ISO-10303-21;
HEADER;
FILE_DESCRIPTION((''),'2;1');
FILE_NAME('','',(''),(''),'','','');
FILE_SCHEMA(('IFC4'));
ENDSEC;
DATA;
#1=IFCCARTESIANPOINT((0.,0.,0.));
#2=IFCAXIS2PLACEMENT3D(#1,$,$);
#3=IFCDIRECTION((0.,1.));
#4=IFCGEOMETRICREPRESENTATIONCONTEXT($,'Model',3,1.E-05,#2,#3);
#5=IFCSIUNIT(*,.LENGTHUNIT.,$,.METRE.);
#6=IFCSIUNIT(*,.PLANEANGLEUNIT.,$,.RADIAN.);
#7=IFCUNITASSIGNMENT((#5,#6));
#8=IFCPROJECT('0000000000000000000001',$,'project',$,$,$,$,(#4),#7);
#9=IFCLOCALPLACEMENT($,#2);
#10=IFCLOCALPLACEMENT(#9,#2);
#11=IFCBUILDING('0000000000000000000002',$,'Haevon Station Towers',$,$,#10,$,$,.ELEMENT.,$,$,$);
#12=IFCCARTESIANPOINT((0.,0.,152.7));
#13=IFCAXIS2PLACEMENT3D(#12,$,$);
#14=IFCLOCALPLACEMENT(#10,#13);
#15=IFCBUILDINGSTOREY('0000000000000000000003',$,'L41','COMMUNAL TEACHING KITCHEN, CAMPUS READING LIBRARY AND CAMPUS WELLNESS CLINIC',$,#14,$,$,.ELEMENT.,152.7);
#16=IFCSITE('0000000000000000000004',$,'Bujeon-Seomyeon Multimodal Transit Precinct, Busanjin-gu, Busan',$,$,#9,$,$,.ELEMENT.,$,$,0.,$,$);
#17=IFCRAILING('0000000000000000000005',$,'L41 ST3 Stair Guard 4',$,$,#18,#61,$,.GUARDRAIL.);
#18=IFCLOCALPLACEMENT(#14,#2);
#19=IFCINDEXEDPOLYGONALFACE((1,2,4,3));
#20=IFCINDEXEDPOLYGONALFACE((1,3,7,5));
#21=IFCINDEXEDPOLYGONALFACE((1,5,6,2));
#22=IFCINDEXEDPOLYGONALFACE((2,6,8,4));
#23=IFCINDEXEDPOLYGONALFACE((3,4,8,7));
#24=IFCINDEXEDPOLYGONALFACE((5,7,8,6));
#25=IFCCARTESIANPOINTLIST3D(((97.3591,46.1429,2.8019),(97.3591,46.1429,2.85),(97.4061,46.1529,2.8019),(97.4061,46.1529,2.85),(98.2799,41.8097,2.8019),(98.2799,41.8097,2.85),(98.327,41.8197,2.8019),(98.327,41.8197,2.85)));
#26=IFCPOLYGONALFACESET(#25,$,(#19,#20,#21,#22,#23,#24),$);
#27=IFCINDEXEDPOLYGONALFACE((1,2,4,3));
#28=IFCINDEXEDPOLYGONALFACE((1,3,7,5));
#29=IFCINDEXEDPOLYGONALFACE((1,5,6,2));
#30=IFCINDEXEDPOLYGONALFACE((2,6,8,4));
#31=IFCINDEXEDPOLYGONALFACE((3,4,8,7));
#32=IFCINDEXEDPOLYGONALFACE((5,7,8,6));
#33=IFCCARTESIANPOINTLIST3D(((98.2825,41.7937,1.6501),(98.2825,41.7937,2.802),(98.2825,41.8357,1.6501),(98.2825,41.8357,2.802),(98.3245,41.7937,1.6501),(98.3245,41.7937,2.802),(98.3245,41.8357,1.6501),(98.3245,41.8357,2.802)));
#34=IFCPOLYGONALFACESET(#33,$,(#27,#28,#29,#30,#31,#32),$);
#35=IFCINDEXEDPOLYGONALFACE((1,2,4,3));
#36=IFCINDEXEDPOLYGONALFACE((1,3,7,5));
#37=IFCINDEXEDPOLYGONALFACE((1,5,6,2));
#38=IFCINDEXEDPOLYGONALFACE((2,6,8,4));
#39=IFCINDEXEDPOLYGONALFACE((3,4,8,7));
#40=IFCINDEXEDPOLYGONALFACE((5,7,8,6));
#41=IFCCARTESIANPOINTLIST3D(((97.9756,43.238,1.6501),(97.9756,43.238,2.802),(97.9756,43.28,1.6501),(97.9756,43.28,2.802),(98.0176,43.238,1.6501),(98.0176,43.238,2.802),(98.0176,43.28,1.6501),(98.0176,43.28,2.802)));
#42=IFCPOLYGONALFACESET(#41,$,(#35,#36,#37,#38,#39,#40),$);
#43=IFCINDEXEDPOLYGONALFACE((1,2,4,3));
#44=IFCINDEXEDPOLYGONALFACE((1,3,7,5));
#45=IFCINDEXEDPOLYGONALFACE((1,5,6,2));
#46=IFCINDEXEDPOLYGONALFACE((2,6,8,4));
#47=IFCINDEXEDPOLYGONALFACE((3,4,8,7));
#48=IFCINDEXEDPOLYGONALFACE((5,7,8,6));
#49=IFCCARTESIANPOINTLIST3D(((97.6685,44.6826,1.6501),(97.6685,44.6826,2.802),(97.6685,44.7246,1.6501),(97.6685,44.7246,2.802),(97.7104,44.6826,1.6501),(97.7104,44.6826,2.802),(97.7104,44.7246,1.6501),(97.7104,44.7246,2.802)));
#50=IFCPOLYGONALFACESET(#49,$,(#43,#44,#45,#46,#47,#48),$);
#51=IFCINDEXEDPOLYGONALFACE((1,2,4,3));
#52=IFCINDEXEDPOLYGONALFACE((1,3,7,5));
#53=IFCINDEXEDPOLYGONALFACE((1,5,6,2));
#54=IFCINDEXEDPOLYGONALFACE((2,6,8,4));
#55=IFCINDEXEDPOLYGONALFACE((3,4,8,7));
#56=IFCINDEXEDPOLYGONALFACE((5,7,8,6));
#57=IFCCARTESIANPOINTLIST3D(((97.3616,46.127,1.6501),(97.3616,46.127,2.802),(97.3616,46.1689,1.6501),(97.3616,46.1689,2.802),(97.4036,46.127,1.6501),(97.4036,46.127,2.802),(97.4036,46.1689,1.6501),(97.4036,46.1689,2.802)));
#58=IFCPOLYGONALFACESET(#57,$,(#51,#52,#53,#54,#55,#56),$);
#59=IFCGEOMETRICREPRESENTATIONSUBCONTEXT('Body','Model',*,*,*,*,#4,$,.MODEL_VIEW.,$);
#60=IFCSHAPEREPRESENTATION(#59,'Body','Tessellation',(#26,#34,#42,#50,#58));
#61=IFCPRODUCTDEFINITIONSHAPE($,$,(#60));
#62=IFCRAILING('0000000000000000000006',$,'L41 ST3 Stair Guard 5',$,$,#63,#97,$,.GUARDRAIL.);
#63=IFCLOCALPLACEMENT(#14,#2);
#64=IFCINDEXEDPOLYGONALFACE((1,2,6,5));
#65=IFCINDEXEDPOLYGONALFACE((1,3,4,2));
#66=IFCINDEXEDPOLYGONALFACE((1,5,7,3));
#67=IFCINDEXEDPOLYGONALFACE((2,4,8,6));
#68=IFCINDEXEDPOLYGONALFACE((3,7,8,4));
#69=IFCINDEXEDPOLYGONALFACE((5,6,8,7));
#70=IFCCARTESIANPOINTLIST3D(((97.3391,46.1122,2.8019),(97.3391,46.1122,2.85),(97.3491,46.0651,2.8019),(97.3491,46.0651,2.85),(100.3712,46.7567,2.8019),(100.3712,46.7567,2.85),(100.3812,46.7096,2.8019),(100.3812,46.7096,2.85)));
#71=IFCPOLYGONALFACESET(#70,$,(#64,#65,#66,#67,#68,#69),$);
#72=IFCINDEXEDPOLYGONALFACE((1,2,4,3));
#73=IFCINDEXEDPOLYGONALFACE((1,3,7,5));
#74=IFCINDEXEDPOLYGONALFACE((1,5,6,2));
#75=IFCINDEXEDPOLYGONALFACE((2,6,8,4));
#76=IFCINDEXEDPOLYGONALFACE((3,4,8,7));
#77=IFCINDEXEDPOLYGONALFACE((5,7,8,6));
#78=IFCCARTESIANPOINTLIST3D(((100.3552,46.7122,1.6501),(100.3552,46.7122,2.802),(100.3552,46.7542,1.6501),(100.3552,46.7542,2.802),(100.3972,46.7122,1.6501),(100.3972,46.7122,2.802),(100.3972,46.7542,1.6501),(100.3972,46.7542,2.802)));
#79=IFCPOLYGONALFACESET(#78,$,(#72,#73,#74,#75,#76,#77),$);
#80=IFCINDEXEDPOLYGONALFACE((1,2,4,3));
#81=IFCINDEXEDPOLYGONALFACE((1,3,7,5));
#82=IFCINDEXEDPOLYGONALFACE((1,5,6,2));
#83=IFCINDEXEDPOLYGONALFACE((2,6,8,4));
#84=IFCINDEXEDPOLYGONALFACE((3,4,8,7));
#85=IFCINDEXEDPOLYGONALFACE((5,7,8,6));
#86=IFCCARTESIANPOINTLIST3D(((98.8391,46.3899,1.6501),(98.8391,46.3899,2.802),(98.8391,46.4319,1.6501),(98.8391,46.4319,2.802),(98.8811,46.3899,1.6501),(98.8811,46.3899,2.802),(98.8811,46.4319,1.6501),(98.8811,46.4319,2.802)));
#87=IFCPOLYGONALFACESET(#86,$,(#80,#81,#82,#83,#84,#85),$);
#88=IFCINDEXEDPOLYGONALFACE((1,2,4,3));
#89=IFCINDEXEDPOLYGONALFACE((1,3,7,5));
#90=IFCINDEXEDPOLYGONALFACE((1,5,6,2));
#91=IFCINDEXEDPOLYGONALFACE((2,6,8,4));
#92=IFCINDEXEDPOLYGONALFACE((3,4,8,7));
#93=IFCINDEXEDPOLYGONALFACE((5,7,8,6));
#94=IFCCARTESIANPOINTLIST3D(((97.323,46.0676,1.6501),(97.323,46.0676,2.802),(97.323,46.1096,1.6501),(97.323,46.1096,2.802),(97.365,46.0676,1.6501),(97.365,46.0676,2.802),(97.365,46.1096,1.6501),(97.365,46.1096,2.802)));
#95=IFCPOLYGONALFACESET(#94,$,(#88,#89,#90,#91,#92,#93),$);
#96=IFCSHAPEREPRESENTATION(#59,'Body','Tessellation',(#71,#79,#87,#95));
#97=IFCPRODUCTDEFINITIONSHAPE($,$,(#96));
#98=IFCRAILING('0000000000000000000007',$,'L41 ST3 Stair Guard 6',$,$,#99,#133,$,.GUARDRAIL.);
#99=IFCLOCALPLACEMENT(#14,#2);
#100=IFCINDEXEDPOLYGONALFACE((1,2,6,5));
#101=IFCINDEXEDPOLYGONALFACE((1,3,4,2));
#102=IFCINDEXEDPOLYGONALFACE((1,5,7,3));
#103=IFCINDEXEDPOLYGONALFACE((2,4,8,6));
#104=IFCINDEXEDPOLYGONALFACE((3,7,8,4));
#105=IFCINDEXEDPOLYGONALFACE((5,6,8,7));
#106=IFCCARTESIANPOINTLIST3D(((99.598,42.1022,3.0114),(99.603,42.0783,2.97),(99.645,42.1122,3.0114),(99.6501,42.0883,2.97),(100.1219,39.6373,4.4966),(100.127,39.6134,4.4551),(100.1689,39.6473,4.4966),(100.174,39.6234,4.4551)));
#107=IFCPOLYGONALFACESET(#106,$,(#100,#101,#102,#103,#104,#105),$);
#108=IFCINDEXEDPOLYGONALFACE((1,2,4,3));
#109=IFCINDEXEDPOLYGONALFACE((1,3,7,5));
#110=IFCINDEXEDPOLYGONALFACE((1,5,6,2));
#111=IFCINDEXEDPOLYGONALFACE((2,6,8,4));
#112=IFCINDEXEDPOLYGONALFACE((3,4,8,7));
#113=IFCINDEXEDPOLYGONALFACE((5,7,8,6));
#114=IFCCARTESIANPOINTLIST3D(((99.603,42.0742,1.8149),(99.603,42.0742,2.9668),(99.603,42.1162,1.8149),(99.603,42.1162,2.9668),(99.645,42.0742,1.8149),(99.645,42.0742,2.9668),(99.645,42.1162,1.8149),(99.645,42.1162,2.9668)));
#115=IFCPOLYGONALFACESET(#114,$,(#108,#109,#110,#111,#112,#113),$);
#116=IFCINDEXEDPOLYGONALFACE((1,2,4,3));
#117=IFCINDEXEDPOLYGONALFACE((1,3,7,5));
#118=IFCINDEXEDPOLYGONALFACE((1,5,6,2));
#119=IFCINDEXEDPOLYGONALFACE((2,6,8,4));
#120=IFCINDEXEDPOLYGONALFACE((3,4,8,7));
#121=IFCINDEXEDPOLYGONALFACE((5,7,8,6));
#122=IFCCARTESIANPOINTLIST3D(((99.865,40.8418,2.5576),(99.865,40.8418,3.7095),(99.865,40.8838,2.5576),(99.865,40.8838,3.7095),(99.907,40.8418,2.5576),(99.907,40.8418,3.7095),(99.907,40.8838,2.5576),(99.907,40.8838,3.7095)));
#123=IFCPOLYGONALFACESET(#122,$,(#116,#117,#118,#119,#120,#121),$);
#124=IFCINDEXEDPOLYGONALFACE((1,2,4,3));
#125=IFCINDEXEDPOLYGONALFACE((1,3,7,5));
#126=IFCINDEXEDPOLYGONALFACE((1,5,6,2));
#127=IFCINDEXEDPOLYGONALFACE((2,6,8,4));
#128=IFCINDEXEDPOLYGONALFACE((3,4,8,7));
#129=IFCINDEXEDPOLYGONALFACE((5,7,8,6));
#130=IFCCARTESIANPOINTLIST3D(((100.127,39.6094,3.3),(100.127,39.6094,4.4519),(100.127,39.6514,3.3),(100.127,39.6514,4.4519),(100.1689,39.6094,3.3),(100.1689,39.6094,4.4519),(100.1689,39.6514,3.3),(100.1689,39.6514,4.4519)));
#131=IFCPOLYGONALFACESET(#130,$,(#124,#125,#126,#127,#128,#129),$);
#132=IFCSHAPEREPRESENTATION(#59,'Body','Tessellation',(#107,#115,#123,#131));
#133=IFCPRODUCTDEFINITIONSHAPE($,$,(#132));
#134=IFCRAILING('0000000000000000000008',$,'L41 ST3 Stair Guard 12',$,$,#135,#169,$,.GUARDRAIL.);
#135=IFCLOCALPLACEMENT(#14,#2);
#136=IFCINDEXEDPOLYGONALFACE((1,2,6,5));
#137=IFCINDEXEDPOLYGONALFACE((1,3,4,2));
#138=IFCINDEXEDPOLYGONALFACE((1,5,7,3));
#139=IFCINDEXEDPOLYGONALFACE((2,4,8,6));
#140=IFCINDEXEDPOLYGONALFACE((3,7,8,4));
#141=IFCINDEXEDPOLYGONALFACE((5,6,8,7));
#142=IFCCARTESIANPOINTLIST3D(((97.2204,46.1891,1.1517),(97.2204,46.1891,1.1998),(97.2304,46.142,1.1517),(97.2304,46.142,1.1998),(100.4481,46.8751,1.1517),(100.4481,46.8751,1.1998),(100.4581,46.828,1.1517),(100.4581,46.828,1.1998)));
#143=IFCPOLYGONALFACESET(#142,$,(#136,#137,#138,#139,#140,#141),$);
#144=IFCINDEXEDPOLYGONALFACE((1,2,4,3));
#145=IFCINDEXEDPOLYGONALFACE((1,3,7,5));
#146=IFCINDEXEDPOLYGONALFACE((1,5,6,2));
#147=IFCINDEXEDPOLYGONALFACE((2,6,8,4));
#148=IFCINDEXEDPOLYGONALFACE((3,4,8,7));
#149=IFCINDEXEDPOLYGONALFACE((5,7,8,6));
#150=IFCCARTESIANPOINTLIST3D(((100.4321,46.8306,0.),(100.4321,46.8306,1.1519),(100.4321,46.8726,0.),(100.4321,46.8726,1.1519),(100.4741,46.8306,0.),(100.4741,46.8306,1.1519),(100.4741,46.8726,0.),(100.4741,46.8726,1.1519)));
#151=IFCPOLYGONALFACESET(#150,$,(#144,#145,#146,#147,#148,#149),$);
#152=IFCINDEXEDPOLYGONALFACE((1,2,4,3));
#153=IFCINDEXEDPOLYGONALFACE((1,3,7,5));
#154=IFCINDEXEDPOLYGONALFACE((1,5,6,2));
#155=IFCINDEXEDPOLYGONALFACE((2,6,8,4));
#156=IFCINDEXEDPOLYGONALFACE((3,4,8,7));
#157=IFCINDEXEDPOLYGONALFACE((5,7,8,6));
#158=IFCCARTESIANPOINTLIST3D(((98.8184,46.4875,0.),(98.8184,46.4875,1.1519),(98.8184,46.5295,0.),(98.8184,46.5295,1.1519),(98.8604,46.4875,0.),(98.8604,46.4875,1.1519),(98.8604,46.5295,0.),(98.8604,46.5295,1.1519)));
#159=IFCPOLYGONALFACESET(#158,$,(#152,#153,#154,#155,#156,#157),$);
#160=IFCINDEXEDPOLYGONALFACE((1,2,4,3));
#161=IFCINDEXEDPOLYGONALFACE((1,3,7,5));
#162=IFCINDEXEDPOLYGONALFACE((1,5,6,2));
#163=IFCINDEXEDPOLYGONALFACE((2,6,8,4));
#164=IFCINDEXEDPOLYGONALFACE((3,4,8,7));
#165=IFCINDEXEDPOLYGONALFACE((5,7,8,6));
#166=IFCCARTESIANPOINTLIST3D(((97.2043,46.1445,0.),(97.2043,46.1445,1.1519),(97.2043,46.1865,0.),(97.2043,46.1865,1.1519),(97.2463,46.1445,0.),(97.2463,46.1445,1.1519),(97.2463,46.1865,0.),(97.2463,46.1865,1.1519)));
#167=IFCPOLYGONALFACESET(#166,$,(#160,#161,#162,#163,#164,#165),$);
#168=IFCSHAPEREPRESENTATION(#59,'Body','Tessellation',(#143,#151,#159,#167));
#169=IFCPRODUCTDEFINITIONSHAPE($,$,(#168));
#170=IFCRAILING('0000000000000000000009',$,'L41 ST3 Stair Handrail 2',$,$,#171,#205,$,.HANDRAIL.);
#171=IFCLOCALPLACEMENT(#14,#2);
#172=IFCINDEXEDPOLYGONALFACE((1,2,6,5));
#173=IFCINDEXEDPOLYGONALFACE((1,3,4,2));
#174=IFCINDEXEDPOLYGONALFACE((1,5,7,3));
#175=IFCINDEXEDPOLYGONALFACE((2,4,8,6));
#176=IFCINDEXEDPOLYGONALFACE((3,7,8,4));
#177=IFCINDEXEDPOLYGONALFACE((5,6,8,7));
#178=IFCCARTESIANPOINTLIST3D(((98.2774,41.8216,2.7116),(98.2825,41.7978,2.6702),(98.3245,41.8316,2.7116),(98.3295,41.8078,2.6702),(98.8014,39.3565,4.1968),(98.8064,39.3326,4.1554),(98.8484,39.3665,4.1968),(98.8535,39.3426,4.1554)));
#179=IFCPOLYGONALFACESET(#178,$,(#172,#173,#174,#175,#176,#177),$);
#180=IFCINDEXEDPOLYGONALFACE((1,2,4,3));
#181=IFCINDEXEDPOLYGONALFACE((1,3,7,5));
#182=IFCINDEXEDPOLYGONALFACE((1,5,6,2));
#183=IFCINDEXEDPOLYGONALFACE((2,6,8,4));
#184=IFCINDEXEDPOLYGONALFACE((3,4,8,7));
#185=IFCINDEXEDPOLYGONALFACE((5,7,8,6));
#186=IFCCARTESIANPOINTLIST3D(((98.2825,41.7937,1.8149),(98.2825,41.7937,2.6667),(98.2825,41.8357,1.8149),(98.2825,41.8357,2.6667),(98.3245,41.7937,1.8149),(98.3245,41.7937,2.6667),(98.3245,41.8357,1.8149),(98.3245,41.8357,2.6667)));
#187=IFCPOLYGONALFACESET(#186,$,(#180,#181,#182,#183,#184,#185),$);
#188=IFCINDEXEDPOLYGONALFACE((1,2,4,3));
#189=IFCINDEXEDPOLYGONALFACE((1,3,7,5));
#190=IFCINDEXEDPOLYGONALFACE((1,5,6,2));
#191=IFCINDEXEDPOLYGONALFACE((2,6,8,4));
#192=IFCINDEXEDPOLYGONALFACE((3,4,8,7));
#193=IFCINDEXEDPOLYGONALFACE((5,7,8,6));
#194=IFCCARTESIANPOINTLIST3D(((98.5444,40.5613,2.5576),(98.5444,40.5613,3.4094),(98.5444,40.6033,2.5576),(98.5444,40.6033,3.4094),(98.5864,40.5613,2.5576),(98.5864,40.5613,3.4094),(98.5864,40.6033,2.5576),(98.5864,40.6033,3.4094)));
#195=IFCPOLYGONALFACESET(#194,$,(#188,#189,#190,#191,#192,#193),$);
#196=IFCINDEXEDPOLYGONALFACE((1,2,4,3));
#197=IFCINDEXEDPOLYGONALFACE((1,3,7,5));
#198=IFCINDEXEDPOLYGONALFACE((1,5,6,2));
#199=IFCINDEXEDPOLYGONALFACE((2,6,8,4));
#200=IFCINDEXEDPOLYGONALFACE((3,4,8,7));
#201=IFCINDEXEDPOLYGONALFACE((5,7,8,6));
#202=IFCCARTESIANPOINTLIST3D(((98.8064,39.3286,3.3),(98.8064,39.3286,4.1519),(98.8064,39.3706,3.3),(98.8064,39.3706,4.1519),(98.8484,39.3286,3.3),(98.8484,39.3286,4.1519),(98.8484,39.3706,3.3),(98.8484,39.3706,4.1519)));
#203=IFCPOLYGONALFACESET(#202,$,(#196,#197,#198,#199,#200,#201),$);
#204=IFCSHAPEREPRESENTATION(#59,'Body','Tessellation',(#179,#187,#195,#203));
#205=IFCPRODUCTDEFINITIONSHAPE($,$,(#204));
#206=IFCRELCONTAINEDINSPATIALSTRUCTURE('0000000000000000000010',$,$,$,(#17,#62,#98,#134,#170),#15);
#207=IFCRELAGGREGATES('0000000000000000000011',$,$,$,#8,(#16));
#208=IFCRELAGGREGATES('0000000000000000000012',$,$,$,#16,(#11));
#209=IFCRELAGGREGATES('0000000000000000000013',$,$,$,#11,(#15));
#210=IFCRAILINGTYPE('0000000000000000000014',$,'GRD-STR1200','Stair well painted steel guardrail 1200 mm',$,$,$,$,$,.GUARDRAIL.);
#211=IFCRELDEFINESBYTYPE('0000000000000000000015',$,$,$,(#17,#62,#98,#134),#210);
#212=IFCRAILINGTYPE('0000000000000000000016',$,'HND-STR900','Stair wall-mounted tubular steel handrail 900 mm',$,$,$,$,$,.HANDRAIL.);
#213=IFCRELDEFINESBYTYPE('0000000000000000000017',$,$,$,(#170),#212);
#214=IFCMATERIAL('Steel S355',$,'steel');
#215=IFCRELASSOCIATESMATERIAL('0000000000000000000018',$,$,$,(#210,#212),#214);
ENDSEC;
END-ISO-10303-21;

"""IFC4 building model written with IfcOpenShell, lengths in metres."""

from ifc_helpers import new_model, si_unit, direction, frame, origin, origin_2d, place, context, subcontext, project, spatial, rectangle, extrude, material, type_object, element, save


model = new_model("IFC4")

# Units and contexts
model_context = context("Model", 3, precision=1e-05, world=origin(), true_north=direction((0.0, 1.0)))
body_context = subcontext(model_context, "Body", "Model", "MODEL_VIEW")
ifc_project = project(units=[si_unit("LENGTHUNIT", "METRE"), si_unit("PLANEANGLEUNIT", "RADIAN")], contexts=[model_context])

# Site, building, storey
site_placement = place(None, origin())
site = spatial("IfcSite", under=ifc_project, at=site_placement, Name="Bujeon-Seomyeon Multimodal Transit Precinct, Busanjin-gu, Busan", CompositionType="ELEMENT", RefElevation=0.0)
building_placement = place(site_placement, origin())
building = spatial("IfcBuilding", under=site, at=building_placement, Name="Haevon Station Towers", CompositionType="ELEMENT")
storey_placement = place(building_placement, frame((0.0, 0.0, 152.7)))
storey = spatial("IfcBuildingStorey", under=building, at=storey_placement, Name="L41", Description="COMMUNAL TEACHING KITCHEN, CAMPUS READING LIBRARY AND CAMPUS WELLNESS CLINIC", CompositionType="ELEMENT", Elevation=152.7)

# Shared definitions
ifc_material_1 = material(Name="Steel S355", Category="steel")

# Railings
railing_type_1 = type_object("IfcRailingType", Name="GRD-STR1200", Description="Stair well painted steel guardrail 1200 mm", PredefinedType="GUARDRAIL", material=ifc_material_1)
railing_1_placement = place(storey_placement, frame((98.3035, 41.8147, 1.6501)))
element("IfcRailing", 1, at=railing_1_placement, inside=storey, type_object=railing_type_1, Name="L41 ST3 Stair Guard 4", PredefinedType="GUARDRAIL", context=body_context, shape_type="SweptSolid", body=[
    extrude(rectangle(XDim=0.0481, YDim=0.0481, at=origin_2d()), frame((0.0, 0.0, 1.1758), z_axis=(-0.207877, 0.978155, 0.0), x_axis=(-0.978155, -0.207877, 0.0)), (0.0, 0.0, 1.0), 4.4299),
    extrude(rectangle(XDim=0.042, YDim=0.042, at=origin_2d()), origin(), (0.0, 0.0, 1.0), 1.1519),
    extrude(rectangle(XDim=0.042, YDim=0.042, at=origin_2d()), frame((-0.3069, 1.4443, 0.0)), (0.0, 0.0, 1.0), 1.1519),
    extrude(rectangle(XDim=0.042, YDim=0.042, at=origin_2d()), frame((-0.614, 2.8889, 0.0)), (0.0, 0.0, 1.0), 1.1519),
    extrude(rectangle(XDim=0.042, YDim=0.042, at=origin_2d()), frame((-0.9209, 4.3333, 0.0)), (0.0, 0.0, 1.0), 1.1519),
])
railing_2_placement = place(storey_placement, frame((100.3762, 46.7332, 1.6501)))
element("IfcRailing", 2, at=railing_2_placement, inside=storey, type_object=railing_type_1, Name="L41 ST3 Stair Guard 5", PredefinedType="GUARDRAIL", context=body_context, shape_type="SweptSolid", body=[
    extrude(rectangle(XDim=0.0481, YDim=0.0481, at=origin_2d()), frame((0.0, 0.0, 1.1758), z_axis=(-0.978147, -0.207915, 0.0), x_axis=(0.207915, -0.978147, 0.0)), (0.0, 0.0, 1.0), 3.0999),
    extrude(rectangle(XDim=0.042, YDim=0.042, at=origin_2d()), origin(), (0.0, 0.0, 1.0), 1.1519),
    extrude(rectangle(XDim=0.042, YDim=0.042, at=origin_2d()), frame((-1.5161, -0.3223, 0.0)), (0.0, 0.0, 1.0), 1.1519),
    extrude(rectangle(XDim=0.042, YDim=0.042, at=origin_2d()), frame((-3.0322, -0.6445, 0.0)), (0.0, 0.0, 1.0), 1.1519),
])
railing_3_placement = place(storey_placement, frame((99.624, 42.0952, 1.8149)))
element("IfcRailing", 3, at=railing_3_placement, inside=storey, type_object=railing_type_1, Name="L41 ST3 Stair Guard 6", PredefinedType="GUARDRAIL", context=body_context, shape_type="SweptSolid", body=[
    extrude(rectangle(XDim=0.0481, YDim=0.0481, at=origin_2d()), frame((0.0, 0.0, 1.1758), z_axis=(0.179121, -0.842688, 0.507733), x_axis=(0.978147, 0.207914, 0.0)), (0.0, 0.0, 1.0), 2.925),
    extrude(rectangle(XDim=0.042, YDim=0.042, at=origin_2d()), origin(), (0.0, 0.0, 1.0), 1.1519),
    extrude(rectangle(XDim=0.042, YDim=0.042, at=origin_2d()), frame((0.262, -1.2324, 0.7427)), (0.0, 0.0, 1.0), 1.1519),
    extrude(rectangle(XDim=0.042, YDim=0.042, at=origin_2d()), frame((0.5239, -2.4648, 1.4851)), (0.0, 0.0, 1.0), 1.1519),
])
railing_4_placement = place(storey_placement, frame((100.4531, 46.8516, 0.0)))
element("IfcRailing", 4, at=railing_4_placement, inside=storey, type_object=railing_type_1, Name="L41 ST3 Stair Guard 12", PredefinedType="GUARDRAIL", context=body_context, shape_type="SweptSolid", body=[
    extrude(rectangle(XDim=0.0481, YDim=0.0481, at=origin_2d()), frame((0.0, 0.0, 1.1758), z_axis=(-0.978151, -0.207897, 0.0), x_axis=(0.207897, -0.978151, 0.0)), (0.0, 0.0, 1.0), 3.2998),
    extrude(rectangle(XDim=0.042, YDim=0.042, at=origin_2d()), origin(), (0.0, 0.0, 1.0), 1.1519),
    extrude(rectangle(XDim=0.042, YDim=0.042, at=origin_2d()), frame((-1.6138, -0.343, 0.0)), (0.0, 0.0, 1.0), 1.1519),
    extrude(rectangle(XDim=0.042, YDim=0.042, at=origin_2d()), frame((-3.2278, -0.686, 0.0)), (0.0, 0.0, 1.0), 1.1519),
])
railing_type_2 = type_object("IfcRailingType", Name="HND-STR900", Description="Stair wall-mounted tubular steel handrail 900 mm", PredefinedType="HANDRAIL", material=ifc_material_1)
railing_5_placement = place(storey_placement, frame((98.3035, 41.8147, 1.8149)))
element("IfcRailing", 5, at=railing_5_placement, inside=storey, type_object=railing_type_2, Name="L41 ST3 Stair Handrail 2", PredefinedType="HANDRAIL", context=body_context, shape_type="SweptSolid", body=[
    extrude(rectangle(XDim=0.0481, YDim=0.0481, at=origin_2d()), frame((0.0, 0.0, 0.876), z_axis=(0.179109, -0.842712, 0.507697), x_axis=(0.978151, 0.207895, 0.0)), (0.0, 0.0, 1.0), 2.9253),
    extrude(rectangle(XDim=0.042, YDim=0.042, at=origin_2d()), origin(), (0.0, 0.0, 1.0), 0.8518),
    extrude(rectangle(XDim=0.042, YDim=0.042, at=origin_2d()), frame((0.262, -1.2324, 0.7427)), (0.0, 0.0, 1.0), 0.8518),
    extrude(rectangle(XDim=0.042, YDim=0.042, at=origin_2d()), frame((0.5239, -2.4651, 1.4851)), (0.0, 0.0, 1.0), 0.8518),
])

save(model, "model.ifc")
